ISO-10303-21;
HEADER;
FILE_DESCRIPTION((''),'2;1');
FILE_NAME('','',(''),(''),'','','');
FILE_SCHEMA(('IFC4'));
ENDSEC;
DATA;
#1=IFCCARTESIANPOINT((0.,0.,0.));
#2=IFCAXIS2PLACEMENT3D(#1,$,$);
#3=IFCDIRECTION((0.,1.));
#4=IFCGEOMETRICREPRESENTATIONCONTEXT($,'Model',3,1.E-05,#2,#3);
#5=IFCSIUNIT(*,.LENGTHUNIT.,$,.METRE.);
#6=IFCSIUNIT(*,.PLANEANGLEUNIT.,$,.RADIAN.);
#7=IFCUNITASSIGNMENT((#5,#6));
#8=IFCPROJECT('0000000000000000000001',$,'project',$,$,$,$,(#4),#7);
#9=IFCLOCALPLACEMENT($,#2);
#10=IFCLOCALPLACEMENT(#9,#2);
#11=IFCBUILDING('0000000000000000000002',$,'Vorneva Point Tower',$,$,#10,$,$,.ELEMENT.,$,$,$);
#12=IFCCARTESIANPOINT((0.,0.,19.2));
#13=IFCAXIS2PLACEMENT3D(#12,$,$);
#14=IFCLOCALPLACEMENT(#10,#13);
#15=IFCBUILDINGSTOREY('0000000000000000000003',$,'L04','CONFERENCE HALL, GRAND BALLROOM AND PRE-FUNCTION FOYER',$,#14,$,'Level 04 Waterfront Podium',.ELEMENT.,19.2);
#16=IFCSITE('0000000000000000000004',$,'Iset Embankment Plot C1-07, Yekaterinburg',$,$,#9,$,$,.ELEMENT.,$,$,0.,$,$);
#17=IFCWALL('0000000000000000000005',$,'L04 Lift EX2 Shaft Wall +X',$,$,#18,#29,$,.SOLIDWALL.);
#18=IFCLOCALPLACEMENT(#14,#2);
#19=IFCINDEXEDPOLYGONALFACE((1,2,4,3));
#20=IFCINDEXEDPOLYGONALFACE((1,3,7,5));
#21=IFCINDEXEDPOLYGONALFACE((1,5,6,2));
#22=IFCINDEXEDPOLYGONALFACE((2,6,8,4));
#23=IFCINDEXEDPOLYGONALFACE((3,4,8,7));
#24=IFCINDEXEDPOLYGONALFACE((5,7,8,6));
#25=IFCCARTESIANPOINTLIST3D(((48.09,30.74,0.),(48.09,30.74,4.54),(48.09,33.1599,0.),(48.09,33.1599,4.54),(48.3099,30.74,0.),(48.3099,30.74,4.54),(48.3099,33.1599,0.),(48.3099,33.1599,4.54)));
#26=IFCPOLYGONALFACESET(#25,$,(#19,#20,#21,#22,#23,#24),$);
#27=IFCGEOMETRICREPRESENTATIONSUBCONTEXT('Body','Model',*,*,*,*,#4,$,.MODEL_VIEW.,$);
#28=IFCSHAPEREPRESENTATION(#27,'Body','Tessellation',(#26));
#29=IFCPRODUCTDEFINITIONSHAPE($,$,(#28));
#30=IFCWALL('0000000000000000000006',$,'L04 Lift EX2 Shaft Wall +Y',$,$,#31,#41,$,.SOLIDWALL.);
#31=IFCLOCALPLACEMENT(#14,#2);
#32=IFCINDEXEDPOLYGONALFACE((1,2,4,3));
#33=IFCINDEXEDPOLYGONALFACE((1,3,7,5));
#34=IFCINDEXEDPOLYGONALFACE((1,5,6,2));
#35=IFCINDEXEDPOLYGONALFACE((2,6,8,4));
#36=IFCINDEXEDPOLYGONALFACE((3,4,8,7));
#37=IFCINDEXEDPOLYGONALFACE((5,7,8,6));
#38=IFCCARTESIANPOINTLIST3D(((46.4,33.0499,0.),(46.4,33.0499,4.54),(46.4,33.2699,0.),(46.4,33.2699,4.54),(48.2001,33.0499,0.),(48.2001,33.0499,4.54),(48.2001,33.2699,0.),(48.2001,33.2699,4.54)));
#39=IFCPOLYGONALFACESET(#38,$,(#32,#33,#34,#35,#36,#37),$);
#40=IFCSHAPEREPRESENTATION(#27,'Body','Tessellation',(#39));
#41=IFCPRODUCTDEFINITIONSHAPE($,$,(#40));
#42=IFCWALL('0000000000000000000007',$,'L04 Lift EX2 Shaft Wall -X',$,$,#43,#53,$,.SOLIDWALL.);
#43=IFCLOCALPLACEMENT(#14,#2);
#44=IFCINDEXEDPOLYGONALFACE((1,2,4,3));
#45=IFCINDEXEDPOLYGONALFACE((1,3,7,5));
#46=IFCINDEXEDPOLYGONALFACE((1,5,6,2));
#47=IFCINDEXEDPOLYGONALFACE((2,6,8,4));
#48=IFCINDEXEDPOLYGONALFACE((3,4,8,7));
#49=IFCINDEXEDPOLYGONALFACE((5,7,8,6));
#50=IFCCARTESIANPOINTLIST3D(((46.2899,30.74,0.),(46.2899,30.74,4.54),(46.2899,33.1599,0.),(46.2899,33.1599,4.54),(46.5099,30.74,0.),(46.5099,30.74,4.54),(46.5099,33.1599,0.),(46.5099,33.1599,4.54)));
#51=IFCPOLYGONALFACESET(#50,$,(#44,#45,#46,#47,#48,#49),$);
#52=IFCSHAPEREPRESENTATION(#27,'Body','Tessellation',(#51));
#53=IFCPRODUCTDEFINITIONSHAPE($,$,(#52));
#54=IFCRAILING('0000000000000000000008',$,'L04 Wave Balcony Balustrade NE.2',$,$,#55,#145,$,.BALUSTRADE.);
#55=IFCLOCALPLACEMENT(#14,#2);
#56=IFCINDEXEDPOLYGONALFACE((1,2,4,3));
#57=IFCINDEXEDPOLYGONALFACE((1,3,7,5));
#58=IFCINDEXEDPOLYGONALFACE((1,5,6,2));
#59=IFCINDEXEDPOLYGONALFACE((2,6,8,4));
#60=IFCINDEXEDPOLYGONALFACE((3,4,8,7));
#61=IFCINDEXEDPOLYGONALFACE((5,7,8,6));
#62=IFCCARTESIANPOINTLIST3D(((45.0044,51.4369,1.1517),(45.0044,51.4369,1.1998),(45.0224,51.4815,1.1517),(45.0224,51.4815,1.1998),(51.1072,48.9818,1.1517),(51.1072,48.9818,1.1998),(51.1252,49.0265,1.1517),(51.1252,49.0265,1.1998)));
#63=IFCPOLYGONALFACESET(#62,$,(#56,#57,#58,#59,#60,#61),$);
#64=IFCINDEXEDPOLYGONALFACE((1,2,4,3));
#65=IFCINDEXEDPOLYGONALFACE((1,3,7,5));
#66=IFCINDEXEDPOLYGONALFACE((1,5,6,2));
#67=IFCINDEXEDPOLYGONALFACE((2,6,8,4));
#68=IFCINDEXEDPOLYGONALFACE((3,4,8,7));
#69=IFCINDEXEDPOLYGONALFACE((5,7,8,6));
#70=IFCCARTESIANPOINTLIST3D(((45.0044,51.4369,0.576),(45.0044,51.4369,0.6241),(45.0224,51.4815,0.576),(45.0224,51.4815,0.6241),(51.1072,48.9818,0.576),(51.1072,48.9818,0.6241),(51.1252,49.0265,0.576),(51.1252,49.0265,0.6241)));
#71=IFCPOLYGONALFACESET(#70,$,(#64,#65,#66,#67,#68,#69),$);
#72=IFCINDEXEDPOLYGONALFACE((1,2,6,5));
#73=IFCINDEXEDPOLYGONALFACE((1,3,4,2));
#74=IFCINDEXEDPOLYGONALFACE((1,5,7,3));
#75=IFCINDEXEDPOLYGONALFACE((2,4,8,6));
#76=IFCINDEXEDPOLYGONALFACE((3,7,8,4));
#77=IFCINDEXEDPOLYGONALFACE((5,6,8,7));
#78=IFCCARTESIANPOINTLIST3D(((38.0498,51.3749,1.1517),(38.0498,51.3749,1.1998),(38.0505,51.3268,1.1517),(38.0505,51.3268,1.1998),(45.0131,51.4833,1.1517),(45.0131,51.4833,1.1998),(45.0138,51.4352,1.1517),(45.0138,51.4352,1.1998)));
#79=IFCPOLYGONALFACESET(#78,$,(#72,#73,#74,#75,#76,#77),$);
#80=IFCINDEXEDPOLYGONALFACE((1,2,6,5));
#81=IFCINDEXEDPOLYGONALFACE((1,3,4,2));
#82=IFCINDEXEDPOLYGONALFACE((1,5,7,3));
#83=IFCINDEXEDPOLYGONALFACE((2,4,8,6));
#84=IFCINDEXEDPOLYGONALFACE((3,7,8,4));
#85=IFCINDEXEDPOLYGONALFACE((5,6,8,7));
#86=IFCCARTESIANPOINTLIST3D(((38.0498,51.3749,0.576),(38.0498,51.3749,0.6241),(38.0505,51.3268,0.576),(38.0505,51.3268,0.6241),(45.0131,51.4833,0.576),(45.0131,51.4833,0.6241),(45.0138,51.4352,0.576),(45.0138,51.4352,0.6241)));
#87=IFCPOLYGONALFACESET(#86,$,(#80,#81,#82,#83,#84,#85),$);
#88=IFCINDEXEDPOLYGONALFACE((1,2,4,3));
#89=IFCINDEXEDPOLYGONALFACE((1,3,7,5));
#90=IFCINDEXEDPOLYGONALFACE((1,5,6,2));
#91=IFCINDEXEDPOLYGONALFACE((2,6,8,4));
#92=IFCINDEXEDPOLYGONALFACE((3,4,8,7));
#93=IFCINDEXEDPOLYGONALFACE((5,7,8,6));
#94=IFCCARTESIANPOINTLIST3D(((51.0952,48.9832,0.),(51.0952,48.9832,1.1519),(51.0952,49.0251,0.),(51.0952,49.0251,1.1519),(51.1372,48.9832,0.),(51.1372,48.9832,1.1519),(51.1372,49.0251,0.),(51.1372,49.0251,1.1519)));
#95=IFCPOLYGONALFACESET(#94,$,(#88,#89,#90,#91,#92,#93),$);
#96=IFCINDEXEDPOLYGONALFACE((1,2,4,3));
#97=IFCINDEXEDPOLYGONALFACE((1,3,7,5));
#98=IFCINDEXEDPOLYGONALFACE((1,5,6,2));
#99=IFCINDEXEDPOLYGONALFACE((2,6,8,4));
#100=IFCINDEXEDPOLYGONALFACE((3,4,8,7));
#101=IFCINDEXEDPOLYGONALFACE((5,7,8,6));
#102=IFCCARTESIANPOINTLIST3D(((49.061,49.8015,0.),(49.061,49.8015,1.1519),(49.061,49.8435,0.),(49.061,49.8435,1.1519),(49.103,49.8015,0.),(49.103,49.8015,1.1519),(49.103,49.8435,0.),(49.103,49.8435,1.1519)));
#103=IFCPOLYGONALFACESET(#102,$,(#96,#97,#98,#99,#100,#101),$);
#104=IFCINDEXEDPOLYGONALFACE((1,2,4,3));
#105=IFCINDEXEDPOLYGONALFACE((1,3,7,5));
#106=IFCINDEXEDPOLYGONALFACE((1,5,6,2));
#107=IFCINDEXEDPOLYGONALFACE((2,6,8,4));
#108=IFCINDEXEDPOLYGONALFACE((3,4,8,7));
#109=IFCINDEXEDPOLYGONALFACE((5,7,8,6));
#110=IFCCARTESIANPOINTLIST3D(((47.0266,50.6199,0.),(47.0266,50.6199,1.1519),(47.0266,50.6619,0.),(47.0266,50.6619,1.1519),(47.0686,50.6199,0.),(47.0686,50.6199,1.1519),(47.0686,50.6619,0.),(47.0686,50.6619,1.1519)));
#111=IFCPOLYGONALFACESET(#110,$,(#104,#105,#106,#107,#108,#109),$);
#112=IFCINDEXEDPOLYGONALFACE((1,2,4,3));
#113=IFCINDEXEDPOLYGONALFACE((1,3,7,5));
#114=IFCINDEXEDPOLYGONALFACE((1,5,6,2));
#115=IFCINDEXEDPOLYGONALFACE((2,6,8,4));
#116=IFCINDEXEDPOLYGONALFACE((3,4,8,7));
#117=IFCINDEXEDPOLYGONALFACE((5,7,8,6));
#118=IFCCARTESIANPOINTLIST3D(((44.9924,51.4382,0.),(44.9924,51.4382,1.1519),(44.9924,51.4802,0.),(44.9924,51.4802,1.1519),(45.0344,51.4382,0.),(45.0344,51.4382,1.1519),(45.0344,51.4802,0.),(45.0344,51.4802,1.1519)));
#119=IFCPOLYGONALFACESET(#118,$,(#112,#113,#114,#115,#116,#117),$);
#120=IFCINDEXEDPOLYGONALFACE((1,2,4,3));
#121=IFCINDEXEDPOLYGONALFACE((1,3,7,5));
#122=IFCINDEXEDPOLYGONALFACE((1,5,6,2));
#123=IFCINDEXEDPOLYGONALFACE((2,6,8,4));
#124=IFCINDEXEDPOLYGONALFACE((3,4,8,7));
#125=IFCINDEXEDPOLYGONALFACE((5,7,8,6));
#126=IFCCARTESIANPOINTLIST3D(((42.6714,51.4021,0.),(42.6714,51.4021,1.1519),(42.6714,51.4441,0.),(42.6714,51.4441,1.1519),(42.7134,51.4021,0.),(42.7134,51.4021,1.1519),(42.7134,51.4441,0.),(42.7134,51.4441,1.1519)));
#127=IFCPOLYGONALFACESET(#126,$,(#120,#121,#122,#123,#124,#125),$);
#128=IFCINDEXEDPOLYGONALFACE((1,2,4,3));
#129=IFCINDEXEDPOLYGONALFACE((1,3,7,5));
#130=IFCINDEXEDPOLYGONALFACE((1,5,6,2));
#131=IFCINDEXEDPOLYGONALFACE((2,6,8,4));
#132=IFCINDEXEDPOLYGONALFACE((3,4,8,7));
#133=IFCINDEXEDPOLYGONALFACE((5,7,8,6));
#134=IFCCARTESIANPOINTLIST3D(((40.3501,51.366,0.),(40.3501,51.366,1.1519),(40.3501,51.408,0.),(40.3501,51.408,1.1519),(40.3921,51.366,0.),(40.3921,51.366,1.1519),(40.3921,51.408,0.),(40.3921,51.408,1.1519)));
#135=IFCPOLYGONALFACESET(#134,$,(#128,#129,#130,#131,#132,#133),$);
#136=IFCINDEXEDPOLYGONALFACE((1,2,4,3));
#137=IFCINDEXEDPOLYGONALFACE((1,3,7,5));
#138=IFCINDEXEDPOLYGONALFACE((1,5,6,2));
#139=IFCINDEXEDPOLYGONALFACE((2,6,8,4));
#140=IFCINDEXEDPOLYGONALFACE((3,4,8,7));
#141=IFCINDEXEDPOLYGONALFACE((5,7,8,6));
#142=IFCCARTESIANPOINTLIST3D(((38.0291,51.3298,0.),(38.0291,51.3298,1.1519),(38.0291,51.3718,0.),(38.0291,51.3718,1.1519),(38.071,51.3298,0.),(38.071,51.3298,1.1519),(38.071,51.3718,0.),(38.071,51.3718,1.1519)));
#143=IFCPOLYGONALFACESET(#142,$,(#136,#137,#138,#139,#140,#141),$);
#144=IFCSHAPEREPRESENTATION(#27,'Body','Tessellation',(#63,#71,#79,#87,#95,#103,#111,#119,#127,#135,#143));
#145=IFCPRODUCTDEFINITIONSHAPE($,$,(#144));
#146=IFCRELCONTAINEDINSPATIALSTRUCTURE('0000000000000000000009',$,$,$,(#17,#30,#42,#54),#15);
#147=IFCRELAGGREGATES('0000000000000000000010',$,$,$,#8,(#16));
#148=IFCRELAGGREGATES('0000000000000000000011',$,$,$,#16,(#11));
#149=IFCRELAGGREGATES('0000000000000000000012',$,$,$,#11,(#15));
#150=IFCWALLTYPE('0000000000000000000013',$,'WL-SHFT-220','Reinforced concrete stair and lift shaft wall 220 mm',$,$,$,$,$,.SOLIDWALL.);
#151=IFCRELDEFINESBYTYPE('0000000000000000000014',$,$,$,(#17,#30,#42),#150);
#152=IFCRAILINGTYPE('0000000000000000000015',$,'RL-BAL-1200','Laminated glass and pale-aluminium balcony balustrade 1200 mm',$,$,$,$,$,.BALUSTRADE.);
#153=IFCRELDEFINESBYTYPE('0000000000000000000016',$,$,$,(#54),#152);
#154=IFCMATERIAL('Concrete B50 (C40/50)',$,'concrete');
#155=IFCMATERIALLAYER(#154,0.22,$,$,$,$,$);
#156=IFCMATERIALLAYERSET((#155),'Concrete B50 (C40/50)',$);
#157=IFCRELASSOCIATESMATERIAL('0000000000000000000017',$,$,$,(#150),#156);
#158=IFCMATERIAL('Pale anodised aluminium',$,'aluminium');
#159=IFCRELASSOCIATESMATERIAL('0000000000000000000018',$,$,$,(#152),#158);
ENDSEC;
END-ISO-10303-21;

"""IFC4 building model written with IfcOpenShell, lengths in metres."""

from ifc_helpers import new_model, si_unit, direction, frame, frame_2d, origin, origin_2d, place, context, subcontext, project, spatial, rectangle, extrude, material, layer, layer_set, type_object, element, save


model = new_model("IFC4")

# Units and contexts
model_context = context("Model", 3, precision=1e-05, world=origin(), true_north=direction((0.0, 1.0)))
body_context = subcontext(model_context, "Body", "Model", "MODEL_VIEW")
ifc_project = project(units=[si_unit("LENGTHUNIT", "METRE"), si_unit("PLANEANGLEUNIT", "RADIAN")], contexts=[model_context])

# Site, building, storey
site_placement = place(None, origin())
site = spatial("IfcSite", under=ifc_project, at=site_placement, Name="Iset Embankment Plot C1-07, Yekaterinburg", CompositionType="ELEMENT", RefElevation=0.0)
building_placement = place(site_placement, origin())
building = spatial("IfcBuilding", under=site, at=building_placement, Name="Vorneva Point Tower", CompositionType="ELEMENT")
storey_placement = place(building_placement, frame((0.0, 0.0, 19.2)))
storey = spatial("IfcBuildingStorey", under=building, at=storey_placement, Name="L04", Description="CONFERENCE HALL, GRAND BALLROOM AND PRE-FUNCTION FOYER", LongName="Level 04 Waterfront Podium", CompositionType="ELEMENT", Elevation=19.2)

# Shared definitions
ifc_material_1 = material(Name="Pale anodised aluminium", Category="aluminium")

# Walls
ifc_material_2 = material(Name="Concrete B50 (C40/50)", Category="concrete")
ifc_layer_1 = layer(ifc_material_2, 0.22)
ifc_layer_set_1 = layer_set([ifc_layer_1], Name="Concrete B50 (C40/50)")
wall_type_1 = type_object("IfcWallType", Name="WL-SHFT-220", Description="Reinforced concrete stair and lift shaft wall 220 mm", PredefinedType="SOLIDWALL", material=ifc_layer_set_1)
wall_1_placement = place(storey_placement, frame((48.2, 30.74, 0.0), z_axis=(0.0, 0.0, 1.0), x_axis=(0.0, 1.0, 0.0)))
element("IfcWall", 1, at=wall_1_placement, inside=storey, type_object=wall_type_1, Name="L04 Lift EX2 Shaft Wall +X", PredefinedType="SOLIDWALL", context=body_context, shape_type="SweptSolid", body=[
    extrude(rectangle(XDim=2.4199, YDim=0.22, at=frame_2d((1.21, 0.0))), origin(), (0.0, 0.0, 1.0), 4.54),
])
wall_2_placement = place(storey_placement, frame((48.2, 33.1599, 0.0), z_axis=(0.0, 0.0, 1.0), x_axis=(-1.0, 0.0, 0.0)))
element("IfcWall", 2, at=wall_2_placement, inside=storey, type_object=wall_type_1, Name="L04 Lift EX2 Shaft Wall +Y", PredefinedType="SOLIDWALL", context=body_context, shape_type="SweptSolid", body=[
    extrude(rectangle(XDim=1.8, YDim=0.22, at=frame_2d((0.8999, 0.0))), origin(), (0.0, 0.0, 1.0), 4.54),
])
wall_3_placement = place(storey_placement, frame((46.3999, 33.1599, 0.0), z_axis=(0.0, 0.0, 1.0), x_axis=(0.0, -1.0, 0.0)))
element("IfcWall", 3, at=wall_3_placement, inside=storey, type_object=wall_type_1, Name="L04 Lift EX2 Shaft Wall -X", PredefinedType="SOLIDWALL", context=body_context, shape_type="SweptSolid", body=[
    extrude(rectangle(XDim=2.4199, YDim=0.22, at=frame_2d((1.21, 0.0))), origin(), (0.0, 0.0, 1.0), 4.54),
])

# Railing
railing_type = type_object("IfcRailingType", Name="RL-BAL-1200", Description="Laminated glass and pale-aluminium balcony balustrade 1200 mm", PredefinedType="BALUSTRADE", material=ifc_material_1)
railing_placement = place(storey_placement, frame((51.1162, 49.0042, 0.0)))
element("IfcRailing", 4, at=railing_placement, inside=storey, type_object=railing_type, Name="L04 Wave Balcony Balustrade NE.2", PredefinedType="BALUSTRADE", context=body_context, shape_type="SweptSolid", body=[
    extrude(rectangle(XDim=0.0481, YDim=0.0481, at=origin_2d()), frame((0.0, 0.0, 1.1758), z_axis=(-0.927743, 0.37322, 0.0), x_axis=(-0.37322, -0.927743, 0.0)), (0.0, 0.0, 1.0), 6.5781),
    extrude(rectangle(XDim=0.0481, YDim=0.0481, at=origin_2d()), frame((0.0, 0.0, 0.6001), z_axis=(-0.927743, 0.37322, 0.0), x_axis=(-0.37322, -0.927743, 0.0)), (0.0, 0.0, 1.0), 6.5781),
    extrude(rectangle(XDim=0.0481, YDim=0.0481, at=origin_2d()), frame((-6.1028, 2.4551, 1.1758), z_axis=(-0.999879, -0.015565, 0.0), x_axis=(0.015565, -0.999879, 0.0)), (0.0, 0.0, 1.0), 6.9641),
    extrude(rectangle(XDim=0.0481, YDim=0.0481, at=origin_2d()), frame((-6.1028, 2.4551, 0.6001), z_axis=(-0.999879, -0.015565, 0.0), x_axis=(0.015565, -0.999879, 0.0)), (0.0, 0.0, 1.0), 6.9641),
    extrude(rectangle(XDim=0.042, YDim=0.042, at=origin_2d()), origin(), (0.0, 0.0, 1.0), 1.1519),
    extrude(rectangle(XDim=0.042, YDim=0.042, at=origin_2d()), frame((-2.0342, 0.8184, 0.0)), (0.0, 0.0, 1.0), 1.1519),
    extrude(rectangle(XDim=0.042, YDim=0.042, at=origin_2d()), frame((-4.0686, 1.6367, 0.0)), (0.0, 0.0, 1.0), 1.1519),
    extrude(rectangle(XDim=0.042, YDim=0.042, at=origin_2d()), frame((-6.1028, 2.4551, 0.0)), (0.0, 0.0, 1.0), 1.1519),
    extrude(rectangle(XDim=0.042, YDim=0.042, at=origin_2d()), frame((-8.4238, 2.4189, 0.0)), (0.0, 0.0, 1.0), 1.1519),
    extrude(rectangle(XDim=0.042, YDim=0.042, at=origin_2d()), frame((-10.7451, 2.3828, 0.0)), (0.0, 0.0, 1.0), 1.1519),
    extrude(rectangle(XDim=0.042, YDim=0.042, at=origin_2d()), frame((-13.0662, 2.3467, 0.0)), (0.0, 0.0, 1.0), 1.1519),
])

save(model, "model.ifc")
